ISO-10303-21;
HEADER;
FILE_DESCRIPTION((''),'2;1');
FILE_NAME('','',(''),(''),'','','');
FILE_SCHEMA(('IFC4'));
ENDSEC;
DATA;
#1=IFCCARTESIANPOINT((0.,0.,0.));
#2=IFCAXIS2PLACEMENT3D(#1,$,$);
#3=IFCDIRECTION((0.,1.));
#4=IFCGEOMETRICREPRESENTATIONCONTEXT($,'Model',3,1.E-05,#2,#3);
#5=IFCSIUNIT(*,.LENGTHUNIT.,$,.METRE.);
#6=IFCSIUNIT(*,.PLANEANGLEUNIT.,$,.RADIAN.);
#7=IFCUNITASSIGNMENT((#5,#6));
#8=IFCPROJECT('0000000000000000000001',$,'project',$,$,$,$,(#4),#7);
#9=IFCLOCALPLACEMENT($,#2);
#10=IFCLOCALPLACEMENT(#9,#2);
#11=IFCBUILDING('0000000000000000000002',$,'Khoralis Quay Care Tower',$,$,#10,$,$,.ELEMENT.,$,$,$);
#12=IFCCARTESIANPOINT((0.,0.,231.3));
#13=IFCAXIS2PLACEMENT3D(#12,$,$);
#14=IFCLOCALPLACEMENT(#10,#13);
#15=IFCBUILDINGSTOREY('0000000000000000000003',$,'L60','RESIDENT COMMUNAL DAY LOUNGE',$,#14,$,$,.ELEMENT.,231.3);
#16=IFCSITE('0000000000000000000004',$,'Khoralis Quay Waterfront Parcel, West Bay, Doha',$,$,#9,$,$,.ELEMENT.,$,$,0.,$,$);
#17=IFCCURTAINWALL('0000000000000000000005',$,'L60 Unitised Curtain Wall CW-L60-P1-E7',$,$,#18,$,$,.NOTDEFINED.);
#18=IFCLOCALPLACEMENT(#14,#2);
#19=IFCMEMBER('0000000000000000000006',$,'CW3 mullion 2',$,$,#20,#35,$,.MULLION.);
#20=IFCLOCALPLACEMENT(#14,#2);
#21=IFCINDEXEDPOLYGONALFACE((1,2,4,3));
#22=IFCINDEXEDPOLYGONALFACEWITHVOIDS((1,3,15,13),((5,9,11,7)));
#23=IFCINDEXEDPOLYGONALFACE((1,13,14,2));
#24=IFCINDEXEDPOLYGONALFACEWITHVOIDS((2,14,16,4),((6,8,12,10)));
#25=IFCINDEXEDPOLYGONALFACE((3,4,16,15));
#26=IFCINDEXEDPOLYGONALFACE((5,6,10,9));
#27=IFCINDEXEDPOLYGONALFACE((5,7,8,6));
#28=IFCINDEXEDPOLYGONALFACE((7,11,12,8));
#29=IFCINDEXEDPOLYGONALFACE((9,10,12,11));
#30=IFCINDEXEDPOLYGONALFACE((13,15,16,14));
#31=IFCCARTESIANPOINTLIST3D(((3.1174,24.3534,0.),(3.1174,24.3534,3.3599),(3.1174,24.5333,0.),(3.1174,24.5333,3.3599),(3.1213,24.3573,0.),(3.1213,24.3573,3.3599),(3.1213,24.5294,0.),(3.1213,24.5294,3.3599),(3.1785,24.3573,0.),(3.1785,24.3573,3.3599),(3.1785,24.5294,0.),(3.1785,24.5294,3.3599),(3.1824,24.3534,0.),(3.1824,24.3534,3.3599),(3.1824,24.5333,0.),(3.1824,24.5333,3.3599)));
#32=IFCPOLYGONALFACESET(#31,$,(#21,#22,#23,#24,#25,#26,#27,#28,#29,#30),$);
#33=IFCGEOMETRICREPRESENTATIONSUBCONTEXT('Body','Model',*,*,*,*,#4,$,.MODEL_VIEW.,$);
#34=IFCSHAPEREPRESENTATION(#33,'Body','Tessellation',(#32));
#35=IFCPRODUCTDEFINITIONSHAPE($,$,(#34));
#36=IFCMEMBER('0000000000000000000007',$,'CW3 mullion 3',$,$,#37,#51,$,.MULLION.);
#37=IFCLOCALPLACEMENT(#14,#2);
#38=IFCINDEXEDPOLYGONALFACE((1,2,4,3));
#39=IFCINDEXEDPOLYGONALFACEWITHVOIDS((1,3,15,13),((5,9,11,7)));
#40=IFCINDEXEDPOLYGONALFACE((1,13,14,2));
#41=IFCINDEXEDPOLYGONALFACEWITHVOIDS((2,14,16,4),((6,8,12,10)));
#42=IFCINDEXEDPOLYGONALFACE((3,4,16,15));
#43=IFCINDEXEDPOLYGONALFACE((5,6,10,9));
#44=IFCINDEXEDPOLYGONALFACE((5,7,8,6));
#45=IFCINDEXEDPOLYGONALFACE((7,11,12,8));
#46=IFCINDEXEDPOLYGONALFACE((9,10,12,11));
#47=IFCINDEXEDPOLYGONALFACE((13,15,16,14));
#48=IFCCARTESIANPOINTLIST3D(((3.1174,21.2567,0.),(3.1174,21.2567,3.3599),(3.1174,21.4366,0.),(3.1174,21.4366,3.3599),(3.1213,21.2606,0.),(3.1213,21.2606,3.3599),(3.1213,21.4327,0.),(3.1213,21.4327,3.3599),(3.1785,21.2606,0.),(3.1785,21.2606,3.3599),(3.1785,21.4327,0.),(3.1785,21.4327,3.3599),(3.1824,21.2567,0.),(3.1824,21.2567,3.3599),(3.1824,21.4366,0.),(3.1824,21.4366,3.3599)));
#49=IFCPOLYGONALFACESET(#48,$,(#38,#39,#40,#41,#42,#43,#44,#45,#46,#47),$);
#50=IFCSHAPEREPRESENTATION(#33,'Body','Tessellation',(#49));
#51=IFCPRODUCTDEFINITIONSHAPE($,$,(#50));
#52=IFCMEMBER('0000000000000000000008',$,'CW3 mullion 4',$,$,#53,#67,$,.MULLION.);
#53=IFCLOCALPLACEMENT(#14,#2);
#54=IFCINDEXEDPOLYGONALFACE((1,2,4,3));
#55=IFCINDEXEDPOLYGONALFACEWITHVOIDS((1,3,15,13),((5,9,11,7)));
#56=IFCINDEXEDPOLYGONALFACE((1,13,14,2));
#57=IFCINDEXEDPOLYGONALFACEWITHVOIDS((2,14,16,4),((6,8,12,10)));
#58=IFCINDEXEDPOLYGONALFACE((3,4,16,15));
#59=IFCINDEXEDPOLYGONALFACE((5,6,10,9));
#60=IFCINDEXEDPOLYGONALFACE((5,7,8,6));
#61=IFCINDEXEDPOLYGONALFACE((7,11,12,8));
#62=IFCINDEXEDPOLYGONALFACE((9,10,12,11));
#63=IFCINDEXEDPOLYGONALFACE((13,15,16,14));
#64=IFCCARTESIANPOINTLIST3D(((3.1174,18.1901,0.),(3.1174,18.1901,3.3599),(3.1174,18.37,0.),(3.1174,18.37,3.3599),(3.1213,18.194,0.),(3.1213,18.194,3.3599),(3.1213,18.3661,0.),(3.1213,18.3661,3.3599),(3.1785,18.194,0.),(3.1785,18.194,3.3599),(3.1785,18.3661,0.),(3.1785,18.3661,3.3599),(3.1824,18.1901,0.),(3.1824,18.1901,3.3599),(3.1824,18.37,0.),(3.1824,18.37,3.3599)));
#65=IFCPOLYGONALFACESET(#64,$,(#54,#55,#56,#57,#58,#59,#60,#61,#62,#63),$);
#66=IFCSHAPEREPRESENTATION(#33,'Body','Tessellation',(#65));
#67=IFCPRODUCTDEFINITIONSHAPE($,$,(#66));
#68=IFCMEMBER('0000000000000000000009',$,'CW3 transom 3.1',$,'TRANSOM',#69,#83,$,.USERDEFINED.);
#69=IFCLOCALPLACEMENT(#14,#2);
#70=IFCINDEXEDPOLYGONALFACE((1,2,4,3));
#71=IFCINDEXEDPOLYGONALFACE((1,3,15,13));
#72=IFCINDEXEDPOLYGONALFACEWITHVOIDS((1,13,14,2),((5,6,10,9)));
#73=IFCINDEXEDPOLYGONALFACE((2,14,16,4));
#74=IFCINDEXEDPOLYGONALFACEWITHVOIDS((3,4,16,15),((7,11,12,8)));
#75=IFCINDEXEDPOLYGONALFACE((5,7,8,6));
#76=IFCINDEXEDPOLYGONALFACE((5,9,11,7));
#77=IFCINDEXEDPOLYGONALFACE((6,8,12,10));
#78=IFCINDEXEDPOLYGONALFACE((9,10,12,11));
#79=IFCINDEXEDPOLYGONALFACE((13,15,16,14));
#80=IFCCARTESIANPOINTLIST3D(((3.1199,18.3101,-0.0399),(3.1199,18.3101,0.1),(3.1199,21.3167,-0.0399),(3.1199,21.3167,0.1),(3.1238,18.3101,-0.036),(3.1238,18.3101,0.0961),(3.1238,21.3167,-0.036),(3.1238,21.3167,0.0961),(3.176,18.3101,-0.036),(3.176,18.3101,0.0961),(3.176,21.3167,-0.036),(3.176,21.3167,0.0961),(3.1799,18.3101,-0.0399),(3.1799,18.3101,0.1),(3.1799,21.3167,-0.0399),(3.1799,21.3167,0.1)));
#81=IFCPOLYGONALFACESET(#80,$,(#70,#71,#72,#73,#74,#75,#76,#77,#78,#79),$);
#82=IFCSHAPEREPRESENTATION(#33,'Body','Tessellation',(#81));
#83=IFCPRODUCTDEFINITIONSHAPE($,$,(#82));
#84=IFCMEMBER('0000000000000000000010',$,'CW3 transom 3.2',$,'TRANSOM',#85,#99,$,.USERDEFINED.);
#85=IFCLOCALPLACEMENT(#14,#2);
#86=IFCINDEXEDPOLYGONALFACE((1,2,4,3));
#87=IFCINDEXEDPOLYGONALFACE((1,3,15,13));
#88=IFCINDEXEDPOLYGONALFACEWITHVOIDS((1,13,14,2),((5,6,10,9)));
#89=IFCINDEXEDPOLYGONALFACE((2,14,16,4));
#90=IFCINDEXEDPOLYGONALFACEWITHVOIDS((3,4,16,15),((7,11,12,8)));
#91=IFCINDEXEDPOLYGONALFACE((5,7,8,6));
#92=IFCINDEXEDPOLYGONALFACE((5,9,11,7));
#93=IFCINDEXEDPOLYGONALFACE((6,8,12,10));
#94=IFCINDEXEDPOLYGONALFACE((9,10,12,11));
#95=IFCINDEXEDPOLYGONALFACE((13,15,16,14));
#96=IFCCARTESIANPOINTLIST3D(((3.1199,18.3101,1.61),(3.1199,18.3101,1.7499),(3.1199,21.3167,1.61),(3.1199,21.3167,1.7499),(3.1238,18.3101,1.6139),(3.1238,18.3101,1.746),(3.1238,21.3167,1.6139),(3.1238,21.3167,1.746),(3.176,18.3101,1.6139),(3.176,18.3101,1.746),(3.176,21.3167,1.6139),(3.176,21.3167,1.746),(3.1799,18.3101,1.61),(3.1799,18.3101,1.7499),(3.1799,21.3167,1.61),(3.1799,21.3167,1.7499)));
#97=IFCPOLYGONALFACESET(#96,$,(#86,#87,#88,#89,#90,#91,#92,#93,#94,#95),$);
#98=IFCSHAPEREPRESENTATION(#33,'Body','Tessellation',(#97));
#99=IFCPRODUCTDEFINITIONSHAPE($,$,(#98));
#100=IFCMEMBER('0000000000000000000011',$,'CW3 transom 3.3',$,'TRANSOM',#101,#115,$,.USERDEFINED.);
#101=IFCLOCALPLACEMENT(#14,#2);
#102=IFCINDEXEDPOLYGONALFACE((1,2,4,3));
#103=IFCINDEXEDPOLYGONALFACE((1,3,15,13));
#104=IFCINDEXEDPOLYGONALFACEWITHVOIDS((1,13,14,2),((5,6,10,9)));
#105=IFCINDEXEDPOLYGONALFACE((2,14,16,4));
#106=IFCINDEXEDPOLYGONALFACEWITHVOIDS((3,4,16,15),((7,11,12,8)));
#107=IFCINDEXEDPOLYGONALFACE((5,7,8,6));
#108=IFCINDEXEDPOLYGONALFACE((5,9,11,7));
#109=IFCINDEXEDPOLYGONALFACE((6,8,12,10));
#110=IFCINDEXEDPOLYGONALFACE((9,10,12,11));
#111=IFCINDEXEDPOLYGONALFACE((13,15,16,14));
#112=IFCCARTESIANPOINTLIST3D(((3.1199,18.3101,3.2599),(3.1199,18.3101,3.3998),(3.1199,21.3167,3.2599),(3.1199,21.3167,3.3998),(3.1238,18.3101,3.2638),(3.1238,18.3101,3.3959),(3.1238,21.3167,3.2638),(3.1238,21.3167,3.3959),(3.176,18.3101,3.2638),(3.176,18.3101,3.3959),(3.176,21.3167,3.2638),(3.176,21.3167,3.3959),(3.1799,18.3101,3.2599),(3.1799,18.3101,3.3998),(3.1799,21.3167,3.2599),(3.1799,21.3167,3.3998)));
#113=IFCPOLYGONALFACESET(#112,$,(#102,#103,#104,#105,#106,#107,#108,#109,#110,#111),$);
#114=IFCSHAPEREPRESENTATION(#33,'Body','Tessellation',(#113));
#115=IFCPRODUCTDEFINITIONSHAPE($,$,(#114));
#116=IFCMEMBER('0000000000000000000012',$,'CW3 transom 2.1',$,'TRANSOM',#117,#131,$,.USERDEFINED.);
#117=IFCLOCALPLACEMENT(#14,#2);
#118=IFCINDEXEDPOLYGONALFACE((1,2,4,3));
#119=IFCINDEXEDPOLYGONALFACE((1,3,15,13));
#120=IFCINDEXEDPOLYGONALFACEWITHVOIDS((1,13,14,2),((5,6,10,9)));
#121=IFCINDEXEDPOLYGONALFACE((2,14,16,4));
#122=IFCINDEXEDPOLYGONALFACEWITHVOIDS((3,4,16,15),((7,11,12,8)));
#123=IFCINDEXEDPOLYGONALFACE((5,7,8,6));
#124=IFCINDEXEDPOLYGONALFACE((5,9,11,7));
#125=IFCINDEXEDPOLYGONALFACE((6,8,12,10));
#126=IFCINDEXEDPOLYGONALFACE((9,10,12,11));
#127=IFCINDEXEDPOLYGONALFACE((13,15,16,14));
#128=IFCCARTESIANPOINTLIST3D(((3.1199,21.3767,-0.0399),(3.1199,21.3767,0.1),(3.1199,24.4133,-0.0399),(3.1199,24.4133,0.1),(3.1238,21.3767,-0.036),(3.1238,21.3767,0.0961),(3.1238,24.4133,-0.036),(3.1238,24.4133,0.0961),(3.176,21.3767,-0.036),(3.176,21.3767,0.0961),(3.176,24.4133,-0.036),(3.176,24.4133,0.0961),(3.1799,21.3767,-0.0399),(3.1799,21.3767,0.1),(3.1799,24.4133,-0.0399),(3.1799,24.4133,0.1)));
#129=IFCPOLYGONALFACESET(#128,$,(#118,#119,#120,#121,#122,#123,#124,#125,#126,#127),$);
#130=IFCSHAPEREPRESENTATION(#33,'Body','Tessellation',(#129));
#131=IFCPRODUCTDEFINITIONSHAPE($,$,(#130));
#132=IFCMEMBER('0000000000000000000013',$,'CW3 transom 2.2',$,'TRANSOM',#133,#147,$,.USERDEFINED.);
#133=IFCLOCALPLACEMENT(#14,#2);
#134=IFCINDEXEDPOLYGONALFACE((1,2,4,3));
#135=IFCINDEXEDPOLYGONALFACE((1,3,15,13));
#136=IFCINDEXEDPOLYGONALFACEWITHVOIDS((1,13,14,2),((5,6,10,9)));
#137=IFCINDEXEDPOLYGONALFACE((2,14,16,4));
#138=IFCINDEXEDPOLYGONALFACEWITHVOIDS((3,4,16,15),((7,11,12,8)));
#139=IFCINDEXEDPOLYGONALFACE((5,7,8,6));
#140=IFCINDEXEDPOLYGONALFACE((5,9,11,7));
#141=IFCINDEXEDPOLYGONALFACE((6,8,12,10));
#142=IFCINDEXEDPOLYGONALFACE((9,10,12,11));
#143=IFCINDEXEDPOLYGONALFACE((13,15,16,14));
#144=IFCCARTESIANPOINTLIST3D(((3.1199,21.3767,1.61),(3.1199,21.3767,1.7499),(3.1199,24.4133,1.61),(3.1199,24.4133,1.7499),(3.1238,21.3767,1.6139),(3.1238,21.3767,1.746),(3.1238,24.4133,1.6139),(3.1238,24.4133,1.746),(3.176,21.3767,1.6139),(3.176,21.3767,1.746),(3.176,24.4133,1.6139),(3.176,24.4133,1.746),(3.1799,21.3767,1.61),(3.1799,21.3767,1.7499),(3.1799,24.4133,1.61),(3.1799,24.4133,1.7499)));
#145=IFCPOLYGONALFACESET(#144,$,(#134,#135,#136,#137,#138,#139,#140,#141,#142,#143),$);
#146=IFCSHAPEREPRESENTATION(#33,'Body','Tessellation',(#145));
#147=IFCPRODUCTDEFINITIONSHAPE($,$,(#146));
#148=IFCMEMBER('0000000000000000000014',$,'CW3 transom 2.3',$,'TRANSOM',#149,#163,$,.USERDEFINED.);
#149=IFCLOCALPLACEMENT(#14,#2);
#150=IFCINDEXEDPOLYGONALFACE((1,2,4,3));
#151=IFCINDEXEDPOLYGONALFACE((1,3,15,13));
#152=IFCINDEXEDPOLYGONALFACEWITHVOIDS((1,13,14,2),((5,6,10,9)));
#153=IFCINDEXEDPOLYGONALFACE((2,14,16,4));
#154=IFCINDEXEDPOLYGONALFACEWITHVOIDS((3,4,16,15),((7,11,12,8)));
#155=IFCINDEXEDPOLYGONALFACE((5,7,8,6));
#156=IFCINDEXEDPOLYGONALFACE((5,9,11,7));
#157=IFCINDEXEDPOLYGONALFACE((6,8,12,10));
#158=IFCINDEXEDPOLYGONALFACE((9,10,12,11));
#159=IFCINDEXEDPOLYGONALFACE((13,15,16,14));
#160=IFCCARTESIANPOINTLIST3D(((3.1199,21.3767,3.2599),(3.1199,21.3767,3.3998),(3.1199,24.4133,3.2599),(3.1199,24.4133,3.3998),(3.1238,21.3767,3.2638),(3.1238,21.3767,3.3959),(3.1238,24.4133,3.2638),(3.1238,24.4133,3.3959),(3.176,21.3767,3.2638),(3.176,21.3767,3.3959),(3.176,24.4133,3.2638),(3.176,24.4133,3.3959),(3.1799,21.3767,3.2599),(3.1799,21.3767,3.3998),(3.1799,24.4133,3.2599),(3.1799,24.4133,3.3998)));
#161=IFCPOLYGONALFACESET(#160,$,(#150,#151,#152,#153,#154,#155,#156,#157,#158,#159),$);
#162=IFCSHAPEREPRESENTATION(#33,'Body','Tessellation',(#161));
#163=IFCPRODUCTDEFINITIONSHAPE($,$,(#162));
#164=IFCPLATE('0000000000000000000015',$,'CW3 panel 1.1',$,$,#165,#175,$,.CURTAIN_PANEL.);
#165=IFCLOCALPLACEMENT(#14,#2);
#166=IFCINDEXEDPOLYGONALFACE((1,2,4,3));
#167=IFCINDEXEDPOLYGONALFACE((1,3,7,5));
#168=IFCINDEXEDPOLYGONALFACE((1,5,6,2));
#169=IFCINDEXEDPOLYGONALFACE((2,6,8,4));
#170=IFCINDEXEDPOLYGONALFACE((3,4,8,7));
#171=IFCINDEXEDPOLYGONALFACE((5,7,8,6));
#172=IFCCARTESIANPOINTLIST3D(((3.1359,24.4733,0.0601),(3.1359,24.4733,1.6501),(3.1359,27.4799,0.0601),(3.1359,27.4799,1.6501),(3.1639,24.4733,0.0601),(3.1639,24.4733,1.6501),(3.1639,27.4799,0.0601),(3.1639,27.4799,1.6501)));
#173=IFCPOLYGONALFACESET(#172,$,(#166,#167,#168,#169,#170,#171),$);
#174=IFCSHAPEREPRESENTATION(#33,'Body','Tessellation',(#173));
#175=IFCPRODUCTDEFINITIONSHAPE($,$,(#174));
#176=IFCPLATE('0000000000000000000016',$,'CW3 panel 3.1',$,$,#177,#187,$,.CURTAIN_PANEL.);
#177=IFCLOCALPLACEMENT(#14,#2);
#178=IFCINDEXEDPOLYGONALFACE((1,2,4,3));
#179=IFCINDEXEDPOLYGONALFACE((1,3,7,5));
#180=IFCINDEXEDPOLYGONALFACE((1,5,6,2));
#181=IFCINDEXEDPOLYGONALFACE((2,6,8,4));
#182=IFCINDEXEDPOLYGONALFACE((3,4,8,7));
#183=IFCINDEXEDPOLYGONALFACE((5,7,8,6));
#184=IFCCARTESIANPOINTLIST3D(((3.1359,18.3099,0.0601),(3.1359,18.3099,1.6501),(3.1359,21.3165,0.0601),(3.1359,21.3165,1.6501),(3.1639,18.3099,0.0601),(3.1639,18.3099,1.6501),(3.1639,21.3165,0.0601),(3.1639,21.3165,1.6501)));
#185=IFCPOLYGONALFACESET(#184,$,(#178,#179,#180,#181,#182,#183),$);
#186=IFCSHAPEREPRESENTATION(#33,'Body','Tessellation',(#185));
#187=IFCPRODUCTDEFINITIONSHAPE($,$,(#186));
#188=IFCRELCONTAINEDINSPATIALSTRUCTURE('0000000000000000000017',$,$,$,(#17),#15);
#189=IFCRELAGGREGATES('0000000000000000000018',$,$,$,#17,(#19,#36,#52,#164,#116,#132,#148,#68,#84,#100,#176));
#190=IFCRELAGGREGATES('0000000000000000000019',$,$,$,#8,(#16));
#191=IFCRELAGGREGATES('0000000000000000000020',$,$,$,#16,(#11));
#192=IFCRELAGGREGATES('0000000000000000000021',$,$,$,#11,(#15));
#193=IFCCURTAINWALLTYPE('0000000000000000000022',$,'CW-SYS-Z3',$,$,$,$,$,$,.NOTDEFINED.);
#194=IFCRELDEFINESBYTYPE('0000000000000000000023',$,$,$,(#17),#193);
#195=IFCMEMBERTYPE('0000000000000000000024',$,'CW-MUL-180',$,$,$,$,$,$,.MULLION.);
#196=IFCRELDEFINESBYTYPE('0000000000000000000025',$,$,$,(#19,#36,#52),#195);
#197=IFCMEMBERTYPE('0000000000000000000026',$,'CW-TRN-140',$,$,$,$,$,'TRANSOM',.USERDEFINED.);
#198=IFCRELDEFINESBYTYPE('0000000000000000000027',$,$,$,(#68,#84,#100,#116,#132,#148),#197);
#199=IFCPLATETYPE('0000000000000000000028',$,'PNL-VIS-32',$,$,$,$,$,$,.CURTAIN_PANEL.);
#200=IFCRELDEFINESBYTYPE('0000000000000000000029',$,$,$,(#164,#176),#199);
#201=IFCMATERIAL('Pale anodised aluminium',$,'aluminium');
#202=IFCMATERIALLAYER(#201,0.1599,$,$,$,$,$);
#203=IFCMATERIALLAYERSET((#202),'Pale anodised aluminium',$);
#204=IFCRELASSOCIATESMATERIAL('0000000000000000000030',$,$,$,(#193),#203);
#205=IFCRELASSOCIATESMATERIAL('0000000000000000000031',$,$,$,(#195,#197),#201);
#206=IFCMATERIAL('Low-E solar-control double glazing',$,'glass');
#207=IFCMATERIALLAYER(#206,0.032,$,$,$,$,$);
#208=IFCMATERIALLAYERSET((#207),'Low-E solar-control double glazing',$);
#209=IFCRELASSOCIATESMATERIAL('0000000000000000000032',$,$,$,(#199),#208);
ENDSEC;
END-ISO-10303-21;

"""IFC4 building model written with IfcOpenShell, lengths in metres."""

from ifc_helpers import new_model, si_unit, direction, frame, origin, origin_2d, place, context, subcontext, project, spatial, rectangle, hollow_rectangle, extrude, source, transform, mapped, material, layer, layer_set, material_profile, profile_set, type_object, element, aggregate, save


model = new_model("IFC4")

# Units and contexts
model_context = context("Model", 3, precision=1e-05, world=origin(), true_north=direction((0.0, 1.0)))
body_context = subcontext(model_context, "Body", "Model", "MODEL_VIEW")
ifc_project = project(units=[si_unit("LENGTHUNIT", "METRE"), si_unit("PLANEANGLEUNIT", "RADIAN")], contexts=[model_context])

# Site, building, storey
site_placement = place(None, origin())
site = spatial("IfcSite", under=ifc_project, at=site_placement, Name="Khoralis Quay Waterfront Parcel, West Bay, Doha", CompositionType="ELEMENT", RefElevation=0.0)
building_placement = place(site_placement, origin())
building = spatial("IfcBuilding", under=site, at=building_placement, Name="Khoralis Quay Care Tower", CompositionType="ELEMENT")
storey_placement = place(building_placement, frame((0.0, 0.0, 231.3)))
storey = spatial("IfcBuildingStorey", under=building, at=storey_placement, Name="L60", Description="RESIDENT COMMUNAL DAY LOUNGE", CompositionType="ELEMENT", Elevation=231.3)

# Curtain wall, members, plates
ifc_material_1 = material(Name="Pale anodised aluminium", Category="aluminium")
ifc_layer_1 = layer(ifc_material_1, 0.1599)
ifc_layer_set_1 = layer_set([ifc_layer_1], Name="Pale anodised aluminium")
curtain_wall_type = type_object("IfcCurtainWallType", Name="CW-SYS-Z3", PredefinedType="NOTDEFINED", material=ifc_layer_set_1)
curtain_wall_placement = place(storey_placement, origin())
curtain_wall = element("IfcCurtainWall", 1, at=curtain_wall_placement, inside=storey, type_object=curtain_wall_type, Name="L60 Unitised Curtain Wall CW-L60-P1-E7", PredefinedType="NOTDEFINED")
ifc_material_profile_1 = material_profile(ifc_material_1, hollow_rectangle(XDim=0.0649, YDim=0.1799, WallThickness=0.0039, at=origin_2d()), Name="Pale anodised aluminium")
ifc_profile_set_1 = profile_set([ifc_material_profile_1], Name="Pale anodised aluminium")
member_type_1 = type_object("IfcMemberType", Name="CW-MUL-180", PredefinedType="MULLION", material=ifc_profile_set_1)
shared_shape_1 = source(origin(), body_context, "Body", "SweptSolid", [
    extrude(hollow_rectangle(XDim=0.0649, YDim=0.1799, WallThickness=0.0039, at=origin_2d()), origin(), (0.0, 0.0, 1.0), 3.3599),
])
member_1_placement = place(storey_placement, frame((3.1499, 24.4434, 0.0), z_axis=(0.0, 0.0, 1.0), x_axis=(1.0, 0.0, 0.0)))
member_1 = element("IfcMember", 2, at=member_1_placement, type_object=member_type_1, Name="CW3 mullion 2", PredefinedType="MULLION", context=body_context, shape_type="MappedRepresentation", body=[
    mapped(shared_shape_1, transform((0.0, 0.0, 0.0), scale=1.0)),
])
member_2_placement = place(storey_placement, frame((3.1499, 21.3467, 0.0), z_axis=(0.0, 0.0, 1.0), x_axis=(1.0, 0.0, 0.0)))
member_2 = element("IfcMember", 3, at=member_2_placement, type_object=member_type_1, Name="CW3 mullion 3", PredefinedType="MULLION", context=body_context, shape_type="MappedRepresentation", body=[
    mapped(shared_shape_1, transform((0.0, 0.0, 0.0), scale=1.0)),
])
member_3_placement = place(storey_placement, frame((3.1499, 18.28, 0.0), z_axis=(0.0, 0.0, 1.0), x_axis=(1.0, 0.0, 0.0)))
member_3 = element("IfcMember", 4, at=member_3_placement, type_object=member_type_1, Name="CW3 mullion 4", PredefinedType="MULLION", context=body_context, shape_type="MappedRepresentation", body=[
    mapped(shared_shape_1, transform((0.0, 0.0, 0.0), scale=1.0)),
])
ifc_material_profile_2 = material_profile(ifc_material_1, hollow_rectangle(XDim=0.0601, YDim=0.1399, WallThickness=0.0039, at=origin_2d()), Name="Pale anodised aluminium")
ifc_profile_set_2 = profile_set([ifc_material_profile_2], Name="Pale anodised aluminium")
member_type_2 = type_object("IfcMemberType", Name="CW-TRN-140", ElementType="TRANSOM", PredefinedType="USERDEFINED", material=ifc_profile_set_2)
shared_shape_2 = source(origin(), body_context, "Body", "SweptSolid", [
    extrude(hollow_rectangle(XDim=0.0601, YDim=0.1399, WallThickness=0.0039, at=origin_2d()), origin(), (0.0, 0.0, 1.0), 3.0066),
])
member_4_placement = place(storey_placement, frame((3.1499, 21.3167, 0.03), z_axis=(0.0, -1.0, 0.0), x_axis=(1.0, 0.0, 0.0)))
member_4 = element("IfcMember", 5, at=member_4_placement, type_object=member_type_2, Name="CW3 transom 3.1", ObjectType="TRANSOM", PredefinedType="USERDEFINED", context=body_context, shape_type="MappedRepresentation", body=[
    mapped(shared_shape_2, transform((0.0, 0.0, 0.0), scale=1.0)),
])
member_5_placement = place(storey_placement, frame((3.1499, 21.3167, 1.6799), z_axis=(0.0, -1.0, 0.0), x_axis=(1.0, 0.0, 0.0)))
member_5 = element("IfcMember", 6, at=member_5_placement, type_object=member_type_2, Name="CW3 transom 3.2", ObjectType="TRANSOM", PredefinedType="USERDEFINED", context=body_context, shape_type="MappedRepresentation", body=[
    mapped(shared_shape_2, transform((0.0, 0.0, 0.0), scale=1.0)),
])
member_6_placement = place(storey_placement, frame((3.1499, 21.3167, 3.3298), z_axis=(0.0, -1.0, 0.0), x_axis=(1.0, 0.0, 0.0)))
member_6 = element("IfcMember", 7, at=member_6_placement, type_object=member_type_2, Name="CW3 transom 3.3", ObjectType="TRANSOM", PredefinedType="USERDEFINED", context=body_context, shape_type="MappedRepresentation", body=[
    mapped(shared_shape_2, transform((0.0, 0.0, 0.0), scale=1.0)),
])
shared_shape_3 = source(origin(), body_context, "Body", "SweptSolid", [
    extrude(hollow_rectangle(XDim=0.0601, YDim=0.1399, WallThickness=0.0039, at=origin_2d()), origin(), (0.0, 0.0, 1.0), 3.0366),
])
member_7_placement = place(storey_placement, frame((3.1499, 24.4133, 0.03), z_axis=(0.0, -1.0, 0.0), x_axis=(1.0, 0.0, 0.0)))
member_7 = element("IfcMember", 8, at=member_7_placement, type_object=member_type_2, Name="CW3 transom 2.1", ObjectType="TRANSOM", PredefinedType="USERDEFINED", context=body_context, shape_type="MappedRepresentation", body=[
    mapped(shared_shape_3, transform((0.0, 0.0, 0.0), scale=1.0)),
])
member_8_placement = place(storey_placement, frame((3.1499, 24.4133, 1.6799), z_axis=(0.0, -1.0, 0.0), x_axis=(1.0, 0.0, 0.0)))
member_8 = element("IfcMember", 9, at=member_8_placement, type_object=member_type_2, Name="CW3 transom 2.2", ObjectType="TRANSOM", PredefinedType="USERDEFINED", context=body_context, shape_type="MappedRepresentation", body=[
    mapped(shared_shape_3, transform((0.0, 0.0, 0.0), scale=1.0)),
])
member_9_placement = place(storey_placement, frame((3.1499, 24.4133, 3.3298), z_axis=(0.0, -1.0, 0.0), x_axis=(1.0, 0.0, 0.0)))
member_9 = element("IfcMember", 10, at=member_9_placement, type_object=member_type_2, Name="CW3 transom 2.3", ObjectType="TRANSOM", PredefinedType="USERDEFINED", context=body_context, shape_type="MappedRepresentation", body=[
    mapped(shared_shape_3, transform((0.0, 0.0, 0.0), scale=1.0)),
])
ifc_material_2 = material(Name="Low-E solar-control double glazing", Category="glass")
ifc_layer_2 = layer(ifc_material_2, 0.032)
ifc_layer_set_2 = layer_set([ifc_layer_2], Name="Low-E solar-control double glazing")
plate_type = type_object("IfcPlateType", Name="PNL-VIS-32", PredefinedType="CURTAIN_PANEL", material=ifc_layer_set_2)
shared_shape_4 = source(origin(), body_context, "Body", "SweptSolid", [
    extrude(rectangle(XDim=3.0066, YDim=0.0281, at=origin_2d()), origin(), (0.0, 0.0, 1.0), 1.5901),
])
plate_1_placement = place(storey_placement, frame((3.1499, 25.9766, 0.0601), z_axis=(0.0, 0.0, 1.0), x_axis=(0.0, -1.0, 0.0)))
plate_1 = element("IfcPlate", 11, at=plate_1_placement, type_object=plate_type, Name="CW3 panel 1.1", PredefinedType="CURTAIN_PANEL", context=body_context, shape_type="MappedRepresentation", body=[
    mapped(shared_shape_4, transform((0.0, 0.0, 0.0), scale=1.0)),
])
plate_2_placement = place(storey_placement, frame((3.1499, 19.8132, 0.0601), z_axis=(0.0, 0.0, 1.0), x_axis=(0.0, -1.0, 0.0)))
plate_2 = element("IfcPlate", 12, at=plate_2_placement, type_object=plate_type, Name="CW3 panel 3.1", PredefinedType="CURTAIN_PANEL", context=body_context, shape_type="MappedRepresentation", body=[
    mapped(shared_shape_4, transform((0.0, 0.0, 0.0), scale=1.0)),
])
aggregate(curtain_wall, [member_1, member_2, member_3, plate_1, member_7, member_8, member_9, member_4, member_5, member_6, plate_2])

save(model, "model.ifc")
